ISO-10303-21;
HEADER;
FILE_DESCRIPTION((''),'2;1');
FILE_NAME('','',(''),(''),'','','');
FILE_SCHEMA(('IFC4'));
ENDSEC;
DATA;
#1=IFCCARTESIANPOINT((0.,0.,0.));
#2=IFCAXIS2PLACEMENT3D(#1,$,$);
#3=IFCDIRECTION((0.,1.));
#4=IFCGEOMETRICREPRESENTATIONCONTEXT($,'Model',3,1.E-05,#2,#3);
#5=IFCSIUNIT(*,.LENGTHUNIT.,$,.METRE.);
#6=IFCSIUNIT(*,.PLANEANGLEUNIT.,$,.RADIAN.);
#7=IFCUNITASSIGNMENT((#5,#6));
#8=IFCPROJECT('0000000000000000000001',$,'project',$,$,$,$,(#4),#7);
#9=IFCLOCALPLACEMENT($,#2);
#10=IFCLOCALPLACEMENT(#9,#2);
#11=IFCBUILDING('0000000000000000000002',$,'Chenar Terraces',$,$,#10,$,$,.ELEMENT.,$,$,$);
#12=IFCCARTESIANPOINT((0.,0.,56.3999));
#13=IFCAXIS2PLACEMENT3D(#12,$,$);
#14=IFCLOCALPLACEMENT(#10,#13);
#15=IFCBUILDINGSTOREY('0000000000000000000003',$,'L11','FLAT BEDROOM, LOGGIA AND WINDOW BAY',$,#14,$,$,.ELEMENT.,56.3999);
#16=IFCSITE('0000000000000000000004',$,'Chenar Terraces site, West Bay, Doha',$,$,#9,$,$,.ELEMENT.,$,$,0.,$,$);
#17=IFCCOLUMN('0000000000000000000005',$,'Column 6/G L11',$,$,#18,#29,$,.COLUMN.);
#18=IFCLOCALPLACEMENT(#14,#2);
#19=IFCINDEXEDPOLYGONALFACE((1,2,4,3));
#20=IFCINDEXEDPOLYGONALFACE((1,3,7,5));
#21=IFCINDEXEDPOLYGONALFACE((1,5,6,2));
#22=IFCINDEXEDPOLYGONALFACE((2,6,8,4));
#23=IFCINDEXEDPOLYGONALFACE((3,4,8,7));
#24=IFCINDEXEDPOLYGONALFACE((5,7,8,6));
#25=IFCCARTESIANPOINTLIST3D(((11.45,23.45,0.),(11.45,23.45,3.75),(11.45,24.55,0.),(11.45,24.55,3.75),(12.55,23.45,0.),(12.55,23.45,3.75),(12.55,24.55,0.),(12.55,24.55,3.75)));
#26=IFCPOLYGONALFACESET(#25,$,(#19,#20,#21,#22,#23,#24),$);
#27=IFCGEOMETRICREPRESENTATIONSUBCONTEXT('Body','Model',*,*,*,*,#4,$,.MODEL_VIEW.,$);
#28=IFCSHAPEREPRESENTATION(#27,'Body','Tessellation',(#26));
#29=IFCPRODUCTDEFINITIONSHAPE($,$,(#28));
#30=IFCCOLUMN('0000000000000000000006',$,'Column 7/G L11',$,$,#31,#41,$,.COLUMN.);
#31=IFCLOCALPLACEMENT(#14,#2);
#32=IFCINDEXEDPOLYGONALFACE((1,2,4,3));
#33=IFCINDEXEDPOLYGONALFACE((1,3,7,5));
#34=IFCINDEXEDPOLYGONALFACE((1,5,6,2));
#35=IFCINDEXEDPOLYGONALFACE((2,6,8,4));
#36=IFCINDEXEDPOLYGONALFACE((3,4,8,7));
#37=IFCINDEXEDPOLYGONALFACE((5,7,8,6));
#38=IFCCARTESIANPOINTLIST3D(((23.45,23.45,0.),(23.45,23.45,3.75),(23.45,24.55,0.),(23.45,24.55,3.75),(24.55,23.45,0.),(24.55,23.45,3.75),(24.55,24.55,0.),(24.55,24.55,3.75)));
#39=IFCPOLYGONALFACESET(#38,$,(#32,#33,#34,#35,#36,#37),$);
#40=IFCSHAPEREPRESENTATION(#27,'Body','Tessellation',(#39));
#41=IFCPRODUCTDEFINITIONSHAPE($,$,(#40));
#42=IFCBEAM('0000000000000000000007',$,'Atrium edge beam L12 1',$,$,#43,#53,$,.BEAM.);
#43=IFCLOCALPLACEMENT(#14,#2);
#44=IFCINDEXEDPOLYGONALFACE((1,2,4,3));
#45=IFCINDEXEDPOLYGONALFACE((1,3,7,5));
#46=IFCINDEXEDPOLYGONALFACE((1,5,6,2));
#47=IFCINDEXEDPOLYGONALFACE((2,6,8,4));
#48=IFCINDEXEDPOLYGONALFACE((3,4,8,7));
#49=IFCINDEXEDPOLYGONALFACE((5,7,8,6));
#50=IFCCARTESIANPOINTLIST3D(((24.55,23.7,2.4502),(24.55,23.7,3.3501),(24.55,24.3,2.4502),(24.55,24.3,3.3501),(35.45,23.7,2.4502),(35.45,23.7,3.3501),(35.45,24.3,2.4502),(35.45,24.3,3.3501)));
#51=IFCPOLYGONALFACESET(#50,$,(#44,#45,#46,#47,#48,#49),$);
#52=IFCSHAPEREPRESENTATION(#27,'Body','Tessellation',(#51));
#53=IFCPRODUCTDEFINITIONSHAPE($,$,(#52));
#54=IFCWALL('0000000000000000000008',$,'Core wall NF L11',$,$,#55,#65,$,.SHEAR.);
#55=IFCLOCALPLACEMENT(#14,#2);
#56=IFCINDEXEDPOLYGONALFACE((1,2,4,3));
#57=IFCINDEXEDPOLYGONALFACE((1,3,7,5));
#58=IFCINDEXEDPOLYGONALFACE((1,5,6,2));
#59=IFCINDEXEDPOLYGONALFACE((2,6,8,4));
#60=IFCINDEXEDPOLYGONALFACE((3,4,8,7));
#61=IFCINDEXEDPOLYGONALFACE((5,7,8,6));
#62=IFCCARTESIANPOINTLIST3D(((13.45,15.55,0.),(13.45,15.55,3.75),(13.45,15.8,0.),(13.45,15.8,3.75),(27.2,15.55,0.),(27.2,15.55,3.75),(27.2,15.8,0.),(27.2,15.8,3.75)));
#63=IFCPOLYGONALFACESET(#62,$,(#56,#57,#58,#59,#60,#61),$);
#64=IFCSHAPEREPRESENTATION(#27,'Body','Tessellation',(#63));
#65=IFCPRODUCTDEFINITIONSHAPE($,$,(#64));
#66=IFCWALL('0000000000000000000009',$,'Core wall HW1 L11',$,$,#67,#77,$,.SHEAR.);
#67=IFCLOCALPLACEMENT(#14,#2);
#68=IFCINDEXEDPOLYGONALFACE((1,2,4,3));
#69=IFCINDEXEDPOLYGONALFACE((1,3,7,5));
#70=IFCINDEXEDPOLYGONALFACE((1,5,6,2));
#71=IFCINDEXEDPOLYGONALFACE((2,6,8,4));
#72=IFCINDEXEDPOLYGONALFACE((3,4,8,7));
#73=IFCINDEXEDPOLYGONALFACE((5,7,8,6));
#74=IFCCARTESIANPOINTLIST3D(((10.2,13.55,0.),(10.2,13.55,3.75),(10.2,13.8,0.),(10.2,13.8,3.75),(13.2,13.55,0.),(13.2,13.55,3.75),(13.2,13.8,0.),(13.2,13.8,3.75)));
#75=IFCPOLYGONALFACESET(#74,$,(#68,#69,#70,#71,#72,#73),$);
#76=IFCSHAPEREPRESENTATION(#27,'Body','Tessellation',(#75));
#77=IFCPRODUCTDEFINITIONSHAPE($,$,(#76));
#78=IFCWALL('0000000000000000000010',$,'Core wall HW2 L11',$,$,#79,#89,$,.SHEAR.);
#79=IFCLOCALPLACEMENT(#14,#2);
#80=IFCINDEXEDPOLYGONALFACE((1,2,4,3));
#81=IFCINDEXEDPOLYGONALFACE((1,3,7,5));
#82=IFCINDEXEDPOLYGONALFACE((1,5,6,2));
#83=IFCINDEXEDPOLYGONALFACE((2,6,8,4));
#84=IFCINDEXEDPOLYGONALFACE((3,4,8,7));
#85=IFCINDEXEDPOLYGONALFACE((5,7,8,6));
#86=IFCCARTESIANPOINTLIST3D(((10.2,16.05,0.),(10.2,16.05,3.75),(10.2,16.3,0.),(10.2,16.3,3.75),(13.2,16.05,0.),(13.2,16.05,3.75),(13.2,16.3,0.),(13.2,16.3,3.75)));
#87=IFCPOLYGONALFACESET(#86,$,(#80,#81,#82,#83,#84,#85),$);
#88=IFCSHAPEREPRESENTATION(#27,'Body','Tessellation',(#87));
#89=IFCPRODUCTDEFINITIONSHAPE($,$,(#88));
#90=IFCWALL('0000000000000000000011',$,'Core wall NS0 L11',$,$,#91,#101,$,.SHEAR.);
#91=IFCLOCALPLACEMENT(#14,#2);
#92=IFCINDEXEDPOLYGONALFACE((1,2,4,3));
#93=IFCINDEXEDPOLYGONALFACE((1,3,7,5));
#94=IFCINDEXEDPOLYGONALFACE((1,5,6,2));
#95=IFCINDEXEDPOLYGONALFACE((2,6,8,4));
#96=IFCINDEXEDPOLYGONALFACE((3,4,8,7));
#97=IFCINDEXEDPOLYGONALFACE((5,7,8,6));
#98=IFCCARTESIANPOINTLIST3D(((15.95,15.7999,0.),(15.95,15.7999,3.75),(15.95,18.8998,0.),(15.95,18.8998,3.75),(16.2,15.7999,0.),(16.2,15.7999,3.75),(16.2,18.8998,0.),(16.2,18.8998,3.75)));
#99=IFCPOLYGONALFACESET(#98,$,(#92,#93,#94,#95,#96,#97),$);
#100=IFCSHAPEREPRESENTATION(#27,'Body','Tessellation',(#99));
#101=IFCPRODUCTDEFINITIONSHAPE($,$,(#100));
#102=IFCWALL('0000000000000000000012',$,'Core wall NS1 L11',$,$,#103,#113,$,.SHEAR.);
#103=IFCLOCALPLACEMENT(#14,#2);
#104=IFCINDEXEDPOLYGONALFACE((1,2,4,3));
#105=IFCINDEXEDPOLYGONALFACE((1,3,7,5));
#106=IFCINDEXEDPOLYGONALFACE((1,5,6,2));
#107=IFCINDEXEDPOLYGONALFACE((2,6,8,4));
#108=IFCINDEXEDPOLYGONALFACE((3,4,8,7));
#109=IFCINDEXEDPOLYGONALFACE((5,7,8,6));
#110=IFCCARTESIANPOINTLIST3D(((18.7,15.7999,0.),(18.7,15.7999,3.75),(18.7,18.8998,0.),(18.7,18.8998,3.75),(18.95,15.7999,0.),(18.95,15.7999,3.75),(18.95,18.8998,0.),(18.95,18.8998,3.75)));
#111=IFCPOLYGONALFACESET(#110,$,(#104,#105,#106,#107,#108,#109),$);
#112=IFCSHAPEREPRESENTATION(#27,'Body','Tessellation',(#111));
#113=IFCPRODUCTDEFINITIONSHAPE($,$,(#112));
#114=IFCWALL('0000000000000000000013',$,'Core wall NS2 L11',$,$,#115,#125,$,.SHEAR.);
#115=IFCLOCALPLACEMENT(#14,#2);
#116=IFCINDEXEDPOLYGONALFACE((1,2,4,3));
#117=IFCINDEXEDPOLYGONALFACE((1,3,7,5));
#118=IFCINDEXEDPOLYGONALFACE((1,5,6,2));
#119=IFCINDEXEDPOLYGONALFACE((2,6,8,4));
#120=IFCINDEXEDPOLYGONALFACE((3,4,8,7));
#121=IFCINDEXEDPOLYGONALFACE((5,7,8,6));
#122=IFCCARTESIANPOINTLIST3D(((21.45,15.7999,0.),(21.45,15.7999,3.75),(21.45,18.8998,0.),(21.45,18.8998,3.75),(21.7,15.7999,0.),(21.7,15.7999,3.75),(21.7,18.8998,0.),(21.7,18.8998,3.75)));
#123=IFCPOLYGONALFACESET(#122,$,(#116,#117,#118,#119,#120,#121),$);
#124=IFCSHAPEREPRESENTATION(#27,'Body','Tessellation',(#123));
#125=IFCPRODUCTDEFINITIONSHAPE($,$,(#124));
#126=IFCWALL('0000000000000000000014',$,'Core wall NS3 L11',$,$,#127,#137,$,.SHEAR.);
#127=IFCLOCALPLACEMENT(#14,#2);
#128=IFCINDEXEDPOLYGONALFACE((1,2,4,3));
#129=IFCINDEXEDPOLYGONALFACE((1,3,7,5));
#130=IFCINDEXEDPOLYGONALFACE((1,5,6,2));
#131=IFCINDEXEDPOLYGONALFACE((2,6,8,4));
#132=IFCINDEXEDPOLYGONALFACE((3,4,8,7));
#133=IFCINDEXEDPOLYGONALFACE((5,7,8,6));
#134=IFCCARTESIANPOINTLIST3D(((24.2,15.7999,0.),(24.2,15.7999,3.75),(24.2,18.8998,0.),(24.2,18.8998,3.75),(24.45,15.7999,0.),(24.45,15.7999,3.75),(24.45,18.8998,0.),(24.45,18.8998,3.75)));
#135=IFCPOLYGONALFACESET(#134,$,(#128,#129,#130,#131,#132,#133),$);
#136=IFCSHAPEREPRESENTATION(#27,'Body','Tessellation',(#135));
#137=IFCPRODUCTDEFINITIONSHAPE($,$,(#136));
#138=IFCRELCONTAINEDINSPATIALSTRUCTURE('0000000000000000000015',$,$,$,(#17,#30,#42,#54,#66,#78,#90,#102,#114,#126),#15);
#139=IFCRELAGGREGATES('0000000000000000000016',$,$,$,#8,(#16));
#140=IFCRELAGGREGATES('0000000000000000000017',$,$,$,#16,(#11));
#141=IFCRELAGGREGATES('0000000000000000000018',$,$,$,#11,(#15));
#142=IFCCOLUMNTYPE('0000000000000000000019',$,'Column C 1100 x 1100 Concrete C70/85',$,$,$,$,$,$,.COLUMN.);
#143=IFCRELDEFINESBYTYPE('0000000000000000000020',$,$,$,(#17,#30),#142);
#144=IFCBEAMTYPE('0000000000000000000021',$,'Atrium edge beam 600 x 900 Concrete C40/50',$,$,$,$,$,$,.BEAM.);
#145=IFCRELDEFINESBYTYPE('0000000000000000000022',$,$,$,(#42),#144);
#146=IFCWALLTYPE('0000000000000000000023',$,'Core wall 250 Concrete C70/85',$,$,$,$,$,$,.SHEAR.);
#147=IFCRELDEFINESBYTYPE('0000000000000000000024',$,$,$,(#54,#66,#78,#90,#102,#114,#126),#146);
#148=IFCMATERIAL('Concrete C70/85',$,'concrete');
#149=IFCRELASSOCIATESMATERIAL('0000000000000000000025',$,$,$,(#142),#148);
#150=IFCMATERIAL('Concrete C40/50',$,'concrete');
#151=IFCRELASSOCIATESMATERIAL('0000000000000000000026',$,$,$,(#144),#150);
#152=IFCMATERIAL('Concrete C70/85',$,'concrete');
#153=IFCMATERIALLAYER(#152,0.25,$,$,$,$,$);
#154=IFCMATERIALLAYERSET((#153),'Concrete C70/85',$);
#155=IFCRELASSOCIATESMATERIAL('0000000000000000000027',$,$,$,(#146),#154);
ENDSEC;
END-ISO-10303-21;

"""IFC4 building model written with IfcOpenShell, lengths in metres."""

from ifc_helpers import new_model, si_unit, direction, frame, frame_2d, origin, origin_2d, place, context, subcontext, project, spatial, rectangle, extrude, material, layer, layer_set, material_profile, profile_set, type_object, element, save


model = new_model("IFC4")

# Units and contexts
model_context = context("Model", 3, precision=1e-05, world=origin(), true_north=direction((0.0, 1.0)))
body_context = subcontext(model_context, "Body", "Model", "MODEL_VIEW")
ifc_project = project(units=[si_unit("LENGTHUNIT", "METRE"), si_unit("PLANEANGLEUNIT", "RADIAN")], contexts=[model_context])

# Site, building, storey
site_placement = place(None, origin())
site = spatial("IfcSite", under=ifc_project, at=site_placement, Name="Chenar Terraces site, West Bay, Doha", CompositionType="ELEMENT", RefElevation=0.0)
building_placement = place(site_placement, origin())
building = spatial("IfcBuilding", under=site, at=building_placement, Name="Chenar Terraces", CompositionType="ELEMENT")
storey_placement = place(building_placement, frame((0.0, 0.0, 56.3999)))
storey = spatial("IfcBuildingStorey", under=building, at=storey_placement, Name="L11", Description="FLAT BEDROOM, LOGGIA AND WINDOW BAY", CompositionType="ELEMENT", Elevation=56.3999)

# Columns
ifc_material_1 = material(Name="Concrete C70/85", Category="concrete")
ifc_material_profile_1 = material_profile(ifc_material_1, rectangle(XDim=1.1001, YDim=1.1001, at=origin_2d()), Name="C 1100 x 1100")
ifc_profile_set_1 = profile_set([ifc_material_profile_1], Name="Concrete C70/85")
column_type = type_object("IfcColumnType", Name="Column C 1100 x 1100 Concrete C70/85", PredefinedType="COLUMN", material=ifc_profile_set_1)
for number, where, z_axis, x_axis, name in (
    (1, (12.0, 24.0, 0.0), (0.0, 0.0, 1.0), (1.0, 0.0, 0.0), "Column 6/G L11"),
    (2, (24.0, 24.0, 0.0), (0.0, 0.0, 1.0), (1.0, 0.0, 0.0), "Column 7/G L11"),
):
    element("IfcColumn", number, at=place(storey_placement, frame(where, z_axis=z_axis, x_axis=x_axis)), inside=storey, type_object=column_type, Name=name, PredefinedType="COLUMN", context=body_context, shape_type="SweptSolid", body=[
        extrude(rectangle(XDim=1.1001, YDim=1.1001, at=origin_2d()), origin(), (0.0, 0.0, 1.0), 3.75),
    ])

# Beam
ifc_material_2 = material(Name="Concrete C40/50", Category="concrete")
ifc_material_profile_2 = material_profile(ifc_material_2, rectangle(XDim=0.6001, YDim=0.8999, at=origin_2d()), Name="RC 600 x 900")
ifc_profile_set_2 = profile_set([ifc_material_profile_2], Name="Concrete C40/50")
beam_type = type_object("IfcBeamType", Name="Atrium edge beam 600 x 900 Concrete C40/50", PredefinedType="BEAM", material=ifc_profile_set_2)
beam_placement = place(storey_placement, frame((24.55, 24.0, 2.9001), z_axis=(1.0, 0.0, 0.0), x_axis=(0.0, 1.0, 0.0)))
element("IfcBeam", 3, at=beam_placement, inside=storey, type_object=beam_type, Name="Atrium edge beam L12 1", PredefinedType="BEAM", context=body_context, shape_type="SweptSolid", body=[
    extrude(rectangle(XDim=0.6001, YDim=0.8999, at=origin_2d()), origin(), (0.0, 0.0, 1.0), 10.8999),
])

# Walls
ifc_material_3 = material(Name="Concrete C70/85", Category="concrete")
ifc_layer_1 = layer(ifc_material_3, 0.25)
ifc_layer_set_1 = layer_set([ifc_layer_1], Name="Concrete C70/85")
wall_type_1 = type_object("IfcWallType", Name="Core wall 250 Concrete C70/85", PredefinedType="SHEAR", material=ifc_layer_set_1)
wall_1_placement = place(storey_placement, frame((13.45, 15.675, 0.0), z_axis=(0.0, 0.0, 1.0), x_axis=(1.0, 0.0, 0.0)))
element("IfcWall", 4, at=wall_1_placement, inside=storey, type_object=wall_type_1, Name="Core wall NF L11", PredefinedType="SHEAR", context=body_context, shape_type="SweptSolid", body=[
    extrude(rectangle(XDim=13.75, YDim=0.25, at=frame_2d((6.875, 0.0))), origin(), (0.0, 0.0, 1.0), 3.75),
])
for number, where, z_axis, x_axis, name in (
    (5, (10.2, 13.675, 0.0), (0.0, 0.0, 1.0), (1.0, 0.0, 0.0), "Core wall HW1 L11"),
    (6, (10.2, 16.175, 0.0), (0.0, 0.0, 1.0), (1.0, 0.0, 0.0), "Core wall HW2 L11"),
):
    element("IfcWall", number, at=place(storey_placement, frame(where, z_axis=z_axis, x_axis=x_axis)), inside=storey, type_object=wall_type_1, Name=name, PredefinedType="SHEAR", context=body_context, shape_type="SweptSolid", body=[
        extrude(rectangle(XDim=3.0, YDim=0.25, at=frame_2d((1.5, 0.0))), origin(), (0.0, 0.0, 1.0), 3.75),
    ])
for number, where, z_axis, x_axis, name in (
    (7, (16.075, 15.8, 0.0), (0.0, 0.0, 1.0), (0.0, 1.0, 0.0), "Core wall NS0 L11"),
    (8, (18.825, 15.8, 0.0), (0.0, 0.0, 1.0), (0.0, 1.0, 0.0), "Core wall NS1 L11"),
    (9, (21.575, 15.8, 0.0), (0.0, 0.0, 1.0), (0.0, 1.0, 0.0), "Core wall NS2 L11"),
    (10, (24.325, 15.8, 0.0), (0.0, 0.0, 1.0), (0.0, 1.0, 0.0), "Core wall NS3 L11"),
):
    element("IfcWall", number, at=place(storey_placement, frame(where, z_axis=z_axis, x_axis=x_axis)), inside=storey, type_object=wall_type_1, Name=name, PredefinedType="SHEAR", context=body_context, shape_type="SweptSolid", body=[
        extrude(rectangle(XDim=3.0999, YDim=0.25, at=frame_2d((1.5498, 0.0))), origin(), (0.0, 0.0, 1.0), 3.75),
    ])

save(model, "model.ifc")
